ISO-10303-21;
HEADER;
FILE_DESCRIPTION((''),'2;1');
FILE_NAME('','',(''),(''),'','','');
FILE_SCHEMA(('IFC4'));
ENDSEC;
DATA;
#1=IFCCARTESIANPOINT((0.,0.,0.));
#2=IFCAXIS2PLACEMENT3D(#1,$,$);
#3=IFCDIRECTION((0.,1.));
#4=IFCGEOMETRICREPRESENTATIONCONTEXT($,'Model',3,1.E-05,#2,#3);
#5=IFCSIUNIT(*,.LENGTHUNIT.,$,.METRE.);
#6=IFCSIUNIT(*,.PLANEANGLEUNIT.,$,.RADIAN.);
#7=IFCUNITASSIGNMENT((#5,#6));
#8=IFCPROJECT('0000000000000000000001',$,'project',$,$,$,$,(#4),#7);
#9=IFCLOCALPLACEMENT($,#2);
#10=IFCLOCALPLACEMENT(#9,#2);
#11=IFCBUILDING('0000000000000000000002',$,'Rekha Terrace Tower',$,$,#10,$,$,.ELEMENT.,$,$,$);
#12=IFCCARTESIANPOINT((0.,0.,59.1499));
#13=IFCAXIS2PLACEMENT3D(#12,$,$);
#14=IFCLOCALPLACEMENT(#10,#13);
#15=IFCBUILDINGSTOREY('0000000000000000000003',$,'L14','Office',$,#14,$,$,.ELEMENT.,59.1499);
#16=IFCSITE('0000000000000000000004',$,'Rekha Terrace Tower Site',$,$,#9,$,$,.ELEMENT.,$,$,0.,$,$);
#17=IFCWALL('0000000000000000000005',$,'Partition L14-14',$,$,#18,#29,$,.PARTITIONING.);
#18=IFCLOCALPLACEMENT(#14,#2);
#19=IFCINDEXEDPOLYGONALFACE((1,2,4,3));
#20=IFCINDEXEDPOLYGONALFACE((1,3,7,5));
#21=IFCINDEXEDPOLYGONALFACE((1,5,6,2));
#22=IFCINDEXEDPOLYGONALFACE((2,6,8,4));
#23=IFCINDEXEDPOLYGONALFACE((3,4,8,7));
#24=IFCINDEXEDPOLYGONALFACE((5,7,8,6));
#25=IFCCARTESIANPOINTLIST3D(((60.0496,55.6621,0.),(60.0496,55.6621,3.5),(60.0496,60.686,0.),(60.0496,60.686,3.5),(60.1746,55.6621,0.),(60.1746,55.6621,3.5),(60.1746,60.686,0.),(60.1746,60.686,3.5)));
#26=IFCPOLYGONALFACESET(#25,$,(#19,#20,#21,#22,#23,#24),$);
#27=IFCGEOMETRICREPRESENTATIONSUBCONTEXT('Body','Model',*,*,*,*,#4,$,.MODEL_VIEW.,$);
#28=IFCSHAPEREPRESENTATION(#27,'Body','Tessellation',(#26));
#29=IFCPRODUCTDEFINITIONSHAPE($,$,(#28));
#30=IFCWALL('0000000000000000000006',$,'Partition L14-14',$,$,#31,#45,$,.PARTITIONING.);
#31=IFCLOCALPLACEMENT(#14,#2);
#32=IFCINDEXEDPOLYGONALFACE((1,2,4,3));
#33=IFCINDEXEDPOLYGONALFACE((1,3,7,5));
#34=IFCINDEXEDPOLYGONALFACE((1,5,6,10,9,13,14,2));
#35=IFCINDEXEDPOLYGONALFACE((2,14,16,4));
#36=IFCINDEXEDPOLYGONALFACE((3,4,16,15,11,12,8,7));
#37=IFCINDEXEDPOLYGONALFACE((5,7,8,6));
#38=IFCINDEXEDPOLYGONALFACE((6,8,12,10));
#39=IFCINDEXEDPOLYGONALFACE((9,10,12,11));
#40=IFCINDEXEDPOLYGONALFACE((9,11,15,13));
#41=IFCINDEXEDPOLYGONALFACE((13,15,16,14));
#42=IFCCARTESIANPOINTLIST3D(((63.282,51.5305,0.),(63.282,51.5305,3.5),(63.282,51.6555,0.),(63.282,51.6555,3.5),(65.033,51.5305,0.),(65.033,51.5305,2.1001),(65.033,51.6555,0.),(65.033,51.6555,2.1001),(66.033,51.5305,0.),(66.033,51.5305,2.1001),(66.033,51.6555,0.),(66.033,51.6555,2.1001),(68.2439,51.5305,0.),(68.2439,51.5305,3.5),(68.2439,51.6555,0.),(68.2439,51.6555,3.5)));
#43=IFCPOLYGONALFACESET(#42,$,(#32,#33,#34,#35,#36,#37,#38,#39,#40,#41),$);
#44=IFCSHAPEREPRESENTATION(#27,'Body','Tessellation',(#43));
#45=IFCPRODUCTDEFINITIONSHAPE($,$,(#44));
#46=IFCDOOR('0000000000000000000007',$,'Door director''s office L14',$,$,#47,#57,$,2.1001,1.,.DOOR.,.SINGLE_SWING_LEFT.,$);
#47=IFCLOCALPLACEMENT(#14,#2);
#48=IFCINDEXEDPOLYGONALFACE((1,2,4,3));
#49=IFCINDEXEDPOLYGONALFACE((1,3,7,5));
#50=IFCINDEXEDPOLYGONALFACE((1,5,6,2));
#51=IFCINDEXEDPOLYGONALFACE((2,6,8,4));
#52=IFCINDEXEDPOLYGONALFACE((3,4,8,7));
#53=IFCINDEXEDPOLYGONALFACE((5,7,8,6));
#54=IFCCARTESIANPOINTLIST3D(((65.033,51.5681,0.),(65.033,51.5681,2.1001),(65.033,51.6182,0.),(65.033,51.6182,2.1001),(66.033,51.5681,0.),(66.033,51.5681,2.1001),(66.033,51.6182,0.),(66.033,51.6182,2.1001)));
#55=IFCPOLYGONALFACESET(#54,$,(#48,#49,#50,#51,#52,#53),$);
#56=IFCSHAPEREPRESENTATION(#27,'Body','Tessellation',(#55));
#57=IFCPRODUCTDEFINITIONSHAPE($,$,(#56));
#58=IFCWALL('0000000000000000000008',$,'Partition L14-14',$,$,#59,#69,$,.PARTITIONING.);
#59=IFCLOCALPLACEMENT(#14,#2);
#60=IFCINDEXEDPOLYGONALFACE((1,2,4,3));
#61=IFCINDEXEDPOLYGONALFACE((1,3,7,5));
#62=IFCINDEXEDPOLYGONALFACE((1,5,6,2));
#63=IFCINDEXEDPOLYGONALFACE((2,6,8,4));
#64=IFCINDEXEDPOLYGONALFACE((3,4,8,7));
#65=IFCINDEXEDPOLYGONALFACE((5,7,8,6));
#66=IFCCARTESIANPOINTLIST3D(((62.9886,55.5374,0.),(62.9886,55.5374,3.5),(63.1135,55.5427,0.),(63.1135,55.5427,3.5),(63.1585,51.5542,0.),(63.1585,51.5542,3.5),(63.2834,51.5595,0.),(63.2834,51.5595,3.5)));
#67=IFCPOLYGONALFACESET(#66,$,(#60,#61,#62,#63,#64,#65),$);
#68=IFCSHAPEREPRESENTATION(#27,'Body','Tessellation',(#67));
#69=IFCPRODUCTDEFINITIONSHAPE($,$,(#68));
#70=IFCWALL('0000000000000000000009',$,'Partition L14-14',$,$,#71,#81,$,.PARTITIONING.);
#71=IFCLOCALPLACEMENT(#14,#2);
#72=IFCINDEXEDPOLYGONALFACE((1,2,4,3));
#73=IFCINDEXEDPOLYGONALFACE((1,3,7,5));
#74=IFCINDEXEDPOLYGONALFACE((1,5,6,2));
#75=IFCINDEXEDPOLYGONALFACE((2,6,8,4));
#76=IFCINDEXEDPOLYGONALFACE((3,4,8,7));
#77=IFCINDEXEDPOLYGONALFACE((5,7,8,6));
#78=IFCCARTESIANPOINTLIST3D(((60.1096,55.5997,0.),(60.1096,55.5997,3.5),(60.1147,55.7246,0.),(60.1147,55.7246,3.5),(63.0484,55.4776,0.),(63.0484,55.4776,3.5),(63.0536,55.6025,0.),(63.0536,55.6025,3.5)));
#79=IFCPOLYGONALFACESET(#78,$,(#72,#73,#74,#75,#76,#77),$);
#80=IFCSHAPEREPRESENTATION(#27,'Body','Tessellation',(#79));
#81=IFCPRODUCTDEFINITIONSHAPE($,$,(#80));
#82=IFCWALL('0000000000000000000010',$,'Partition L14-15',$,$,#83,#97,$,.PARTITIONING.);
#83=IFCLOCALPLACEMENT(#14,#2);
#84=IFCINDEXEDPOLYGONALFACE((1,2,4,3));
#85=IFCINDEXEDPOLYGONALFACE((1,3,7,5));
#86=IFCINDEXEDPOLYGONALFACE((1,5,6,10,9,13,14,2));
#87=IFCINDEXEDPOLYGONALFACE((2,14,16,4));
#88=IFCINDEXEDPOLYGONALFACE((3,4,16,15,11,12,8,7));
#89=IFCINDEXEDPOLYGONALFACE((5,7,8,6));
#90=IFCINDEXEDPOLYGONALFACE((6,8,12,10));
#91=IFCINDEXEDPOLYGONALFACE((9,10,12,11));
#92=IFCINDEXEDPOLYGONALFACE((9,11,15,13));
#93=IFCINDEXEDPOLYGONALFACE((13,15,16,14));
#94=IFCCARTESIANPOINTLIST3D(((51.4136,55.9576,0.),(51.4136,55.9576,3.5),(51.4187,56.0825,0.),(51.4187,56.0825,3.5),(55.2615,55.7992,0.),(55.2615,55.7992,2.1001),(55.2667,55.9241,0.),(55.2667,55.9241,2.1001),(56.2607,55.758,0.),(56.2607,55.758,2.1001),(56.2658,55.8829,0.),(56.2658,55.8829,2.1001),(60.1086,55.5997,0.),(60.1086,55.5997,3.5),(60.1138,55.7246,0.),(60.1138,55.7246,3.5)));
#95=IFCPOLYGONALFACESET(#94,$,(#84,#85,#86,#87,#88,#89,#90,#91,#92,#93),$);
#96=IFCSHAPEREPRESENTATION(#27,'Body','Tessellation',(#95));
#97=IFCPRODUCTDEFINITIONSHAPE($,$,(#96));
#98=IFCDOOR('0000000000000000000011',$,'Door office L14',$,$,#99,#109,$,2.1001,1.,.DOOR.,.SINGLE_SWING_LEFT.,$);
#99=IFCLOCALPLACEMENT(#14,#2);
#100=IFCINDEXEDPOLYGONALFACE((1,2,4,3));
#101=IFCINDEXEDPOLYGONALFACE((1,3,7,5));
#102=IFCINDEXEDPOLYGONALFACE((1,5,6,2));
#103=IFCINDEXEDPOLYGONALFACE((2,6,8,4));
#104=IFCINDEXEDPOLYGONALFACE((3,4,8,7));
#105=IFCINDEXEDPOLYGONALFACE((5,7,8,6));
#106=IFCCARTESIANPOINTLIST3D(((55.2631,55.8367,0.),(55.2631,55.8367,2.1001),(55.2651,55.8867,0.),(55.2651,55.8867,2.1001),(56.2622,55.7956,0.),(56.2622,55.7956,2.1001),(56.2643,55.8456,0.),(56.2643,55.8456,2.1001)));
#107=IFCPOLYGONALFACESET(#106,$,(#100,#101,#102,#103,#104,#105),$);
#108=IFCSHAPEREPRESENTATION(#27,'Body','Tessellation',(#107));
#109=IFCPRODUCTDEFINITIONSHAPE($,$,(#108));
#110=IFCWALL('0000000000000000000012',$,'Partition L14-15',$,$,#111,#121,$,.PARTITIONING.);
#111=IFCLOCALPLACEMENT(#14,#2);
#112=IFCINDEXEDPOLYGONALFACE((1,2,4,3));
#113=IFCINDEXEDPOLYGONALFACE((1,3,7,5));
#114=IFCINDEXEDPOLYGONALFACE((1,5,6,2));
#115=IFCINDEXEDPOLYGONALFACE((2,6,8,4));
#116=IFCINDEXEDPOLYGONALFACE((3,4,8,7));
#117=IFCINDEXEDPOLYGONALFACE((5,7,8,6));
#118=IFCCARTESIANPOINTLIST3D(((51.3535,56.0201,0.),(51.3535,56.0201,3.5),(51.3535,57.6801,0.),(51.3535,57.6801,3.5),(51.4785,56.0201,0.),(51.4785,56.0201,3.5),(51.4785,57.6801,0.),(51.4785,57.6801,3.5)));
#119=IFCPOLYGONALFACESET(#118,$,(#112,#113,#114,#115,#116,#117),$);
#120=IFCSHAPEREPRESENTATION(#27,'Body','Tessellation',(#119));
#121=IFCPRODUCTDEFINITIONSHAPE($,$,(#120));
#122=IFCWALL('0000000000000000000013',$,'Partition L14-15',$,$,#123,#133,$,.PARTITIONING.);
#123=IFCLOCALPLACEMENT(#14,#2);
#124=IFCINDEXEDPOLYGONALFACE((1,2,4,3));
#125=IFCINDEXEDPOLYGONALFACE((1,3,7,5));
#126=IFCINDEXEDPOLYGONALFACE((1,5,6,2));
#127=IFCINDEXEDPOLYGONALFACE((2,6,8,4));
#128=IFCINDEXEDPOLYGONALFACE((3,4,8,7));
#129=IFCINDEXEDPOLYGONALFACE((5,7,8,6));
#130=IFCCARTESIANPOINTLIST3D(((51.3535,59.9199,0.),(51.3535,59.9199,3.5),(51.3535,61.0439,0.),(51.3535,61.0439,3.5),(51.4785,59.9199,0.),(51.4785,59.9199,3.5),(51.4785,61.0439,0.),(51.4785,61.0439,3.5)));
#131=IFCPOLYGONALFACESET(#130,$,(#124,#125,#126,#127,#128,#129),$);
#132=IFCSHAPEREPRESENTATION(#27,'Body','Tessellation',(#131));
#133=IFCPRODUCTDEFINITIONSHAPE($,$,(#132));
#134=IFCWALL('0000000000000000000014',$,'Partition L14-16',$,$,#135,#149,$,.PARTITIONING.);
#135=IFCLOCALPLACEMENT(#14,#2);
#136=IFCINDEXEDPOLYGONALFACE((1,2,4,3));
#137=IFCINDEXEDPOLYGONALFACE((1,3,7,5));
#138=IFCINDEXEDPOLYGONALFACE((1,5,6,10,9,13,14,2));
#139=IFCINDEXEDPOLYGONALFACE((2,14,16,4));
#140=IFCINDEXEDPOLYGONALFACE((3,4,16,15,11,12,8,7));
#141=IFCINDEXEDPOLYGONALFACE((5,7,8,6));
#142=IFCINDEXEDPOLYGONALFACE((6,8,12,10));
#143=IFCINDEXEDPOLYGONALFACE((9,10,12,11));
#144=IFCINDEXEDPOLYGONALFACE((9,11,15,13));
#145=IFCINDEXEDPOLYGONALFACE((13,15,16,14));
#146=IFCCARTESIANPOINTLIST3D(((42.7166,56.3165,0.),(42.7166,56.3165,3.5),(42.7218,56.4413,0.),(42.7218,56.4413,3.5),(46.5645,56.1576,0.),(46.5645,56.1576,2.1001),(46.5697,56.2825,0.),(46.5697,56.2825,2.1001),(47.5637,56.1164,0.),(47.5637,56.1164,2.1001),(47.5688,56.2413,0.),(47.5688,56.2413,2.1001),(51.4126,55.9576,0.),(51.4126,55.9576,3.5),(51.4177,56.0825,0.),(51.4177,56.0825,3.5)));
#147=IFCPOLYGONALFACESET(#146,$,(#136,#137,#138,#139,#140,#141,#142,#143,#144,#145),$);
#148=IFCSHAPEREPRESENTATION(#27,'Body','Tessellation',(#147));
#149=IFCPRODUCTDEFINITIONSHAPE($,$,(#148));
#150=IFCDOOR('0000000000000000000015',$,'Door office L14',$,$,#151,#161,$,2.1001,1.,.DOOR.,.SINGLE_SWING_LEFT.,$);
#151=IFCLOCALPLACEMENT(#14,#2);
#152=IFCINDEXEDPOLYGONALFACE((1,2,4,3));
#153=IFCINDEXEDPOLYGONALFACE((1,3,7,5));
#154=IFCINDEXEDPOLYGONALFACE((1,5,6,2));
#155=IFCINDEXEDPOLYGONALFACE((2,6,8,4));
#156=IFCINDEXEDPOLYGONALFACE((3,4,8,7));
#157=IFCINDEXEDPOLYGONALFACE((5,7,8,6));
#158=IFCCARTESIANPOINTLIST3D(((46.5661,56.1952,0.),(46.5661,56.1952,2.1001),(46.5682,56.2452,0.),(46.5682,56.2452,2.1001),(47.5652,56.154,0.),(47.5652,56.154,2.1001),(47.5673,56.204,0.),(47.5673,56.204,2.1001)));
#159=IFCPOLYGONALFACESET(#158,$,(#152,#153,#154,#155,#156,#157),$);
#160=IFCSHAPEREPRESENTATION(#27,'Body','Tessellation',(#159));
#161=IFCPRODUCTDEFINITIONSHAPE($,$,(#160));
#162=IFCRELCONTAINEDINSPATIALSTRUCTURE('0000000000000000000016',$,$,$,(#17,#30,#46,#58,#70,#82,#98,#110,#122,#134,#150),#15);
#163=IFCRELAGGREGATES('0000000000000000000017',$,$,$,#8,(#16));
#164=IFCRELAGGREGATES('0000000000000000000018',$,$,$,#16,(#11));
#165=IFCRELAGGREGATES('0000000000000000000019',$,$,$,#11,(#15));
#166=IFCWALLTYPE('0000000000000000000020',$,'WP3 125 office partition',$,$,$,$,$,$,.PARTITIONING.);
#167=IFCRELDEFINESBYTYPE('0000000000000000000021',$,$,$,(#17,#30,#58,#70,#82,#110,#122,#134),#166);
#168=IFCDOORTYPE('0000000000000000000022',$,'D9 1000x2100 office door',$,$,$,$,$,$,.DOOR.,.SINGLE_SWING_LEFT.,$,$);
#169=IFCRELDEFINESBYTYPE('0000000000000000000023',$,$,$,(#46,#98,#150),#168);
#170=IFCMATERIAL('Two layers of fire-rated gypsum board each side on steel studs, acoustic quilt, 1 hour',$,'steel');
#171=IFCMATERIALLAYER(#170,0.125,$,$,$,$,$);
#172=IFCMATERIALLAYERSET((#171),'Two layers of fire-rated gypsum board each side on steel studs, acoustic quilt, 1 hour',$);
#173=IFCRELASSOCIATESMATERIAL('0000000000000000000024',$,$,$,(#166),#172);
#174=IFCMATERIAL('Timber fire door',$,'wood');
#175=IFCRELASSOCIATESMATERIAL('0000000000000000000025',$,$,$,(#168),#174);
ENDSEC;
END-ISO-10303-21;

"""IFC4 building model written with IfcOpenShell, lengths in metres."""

from ifc_helpers import new_model, si_unit, direction, frame, frame_2d, origin, place, context, subcontext, project, spatial, rectangle, extrude, material, layer, layer_set, type_object, element, fill, save


model = new_model("IFC4")

# Units and contexts
model_context = context("Model", 3, precision=1e-05, world=origin(), true_north=direction((0.0, 1.0)))
body_context = subcontext(model_context, "Body", "Model", "MODEL_VIEW")
ifc_project = project(units=[si_unit("LENGTHUNIT", "METRE"), si_unit("PLANEANGLEUNIT", "RADIAN")], contexts=[model_context])

# Site, building, storey
site_placement = place(None, origin())
site = spatial("IfcSite", under=ifc_project, at=site_placement, Name="Rekha Terrace Tower Site", CompositionType="ELEMENT", RefElevation=0.0)
building_placement = place(site_placement, origin())
building = spatial("IfcBuilding", under=site, at=building_placement, Name="Rekha Terrace Tower", CompositionType="ELEMENT")
storey_placement = place(building_placement, frame((0.0, 0.0, 59.1499)))
storey = spatial("IfcBuildingStorey", under=building, at=storey_placement, Name="L14", Description="Office", CompositionType="ELEMENT", Elevation=59.1499)

# Wall
ifc_material_1 = material(Name="Two layers of fire-rated gypsum board each side on steel studs, acoustic quilt, 1 hour", Category="steel")
ifc_layer_1 = layer(ifc_material_1, 0.125)
ifc_layer_set_1 = layer_set([ifc_layer_1], Name="Two layers of fire-rated gypsum board each side on steel studs, acoustic quilt, 1 hour")
wall_type_1 = type_object("IfcWallType", Name="WP3 125 office partition", PredefinedType="PARTITIONING", material=ifc_layer_set_1)
wall_1_placement = place(storey_placement, frame((60.1121, 55.6621, 0.0), z_axis=(0.0, 0.0, 1.0), x_axis=(0.0, 1.0, 0.0)))
element("IfcWall", 1, at=wall_1_placement, inside=storey, type_object=wall_type_1, Name="Partition L14-14", PredefinedType="PARTITIONING", context=body_context, shape_type="SweptSolid", body=[
    extrude(rectangle(XDim=5.0239, YDim=0.125, at=frame_2d((2.512, 0.0))), origin(), (0.0, 0.0, 1.0), 3.5),
])

# Wall, opening, door
wall_2_placement = place(storey_placement, frame((68.2439, 51.593, 0.0), z_axis=(0.0, 0.0, 1.0), x_axis=(-1.0, 0.0, 0.0)))
wall_2 = element("IfcWall", 2, at=wall_2_placement, inside=storey, type_object=wall_type_1, Name="Partition L14-14", PredefinedType="PARTITIONING", context=body_context, shape_type="SweptSolid", body=[
    extrude(rectangle(XDim=4.9619, YDim=0.125, at=frame_2d((2.481, 0.0))), origin(), (0.0, 0.0, 1.0), 3.5),
])
opening_1_placement = place(wall_2_placement, frame((2.2109, 0.0, 0.0)))
opening_1 = element("IfcOpeningElement", 3, at=opening_1_placement, cuts=wall_2, PredefinedType="OPENING", context=body_context, shape_type="SweptSolid", body=[
    extrude(rectangle(XDim=1.0, YDim=2.1001, at=frame_2d((0.5, 1.05))), frame((0.0, 0.0725, 0.0), z_axis=(0.0, -1.0, 0.0), x_axis=(1.0, 0.0, 0.0)), (0.0, 0.0, 1.0), 0.145),
])
ifc_material_2 = material(Name="Timber fire door", Category="wood")
door_type = type_object("IfcDoorType", Name="D9 1000x2100 office door", OperationType="SINGLE_SWING_LEFT", PredefinedType="DOOR", material=ifc_material_2)
door_1_placement = place(opening_1_placement, origin())
door_1 = element("IfcDoor", 4, at=door_1_placement, inside=storey, type_object=door_type, Name="Door director's office L14", OperationType="SINGLE_SWING_LEFT", OverallHeight=2.1001, OverallWidth=1.0, PredefinedType="DOOR", context=body_context, shape_type="SweptSolid", body=[
    extrude(rectangle(XDim=1.0, YDim=2.1001, at=frame_2d((0.5, 1.05))), frame((0.0, 0.0249, 0.0), z_axis=(0.0, -1.0, 0.0), x_axis=(1.0, 0.0, 0.0)), (0.0, 0.0, 1.0), 0.05),
])
fill(opening_1, door_1)

# Walls
wall_3_placement = place(storey_placement, frame((63.2209, 51.5569, 0.0), z_axis=(0.0, 0.0, 1.0), x_axis=(-0.042621, 0.999091, 0.0)))
element("IfcWall", 5, at=wall_3_placement, inside=storey, type_object=wall_type_1, Name="Partition L14-14", PredefinedType="PARTITIONING", context=body_context, shape_type="SweptSolid", body=[
    extrude(rectangle(XDim=3.9868, YDim=0.125, at=frame_2d((1.9934, 0.0))), origin(), (0.0, 0.0, 1.0), 3.5),
])
wall_4_placement = place(storey_placement, frame((63.051, 55.54, 0.0), z_axis=(0.0, 0.0, 1.0), x_axis=(-0.999139, 0.041499, 0.0)))
element("IfcWall", 6, at=wall_4_placement, inside=storey, type_object=wall_type_1, Name="Partition L14-14", PredefinedType="PARTITIONING", context=body_context, shape_type="SweptSolid", body=[
    extrude(rectangle(XDim=2.9414, YDim=0.125, at=frame_2d((1.4707, 0.0))), origin(), (0.0, 0.0, 1.0), 3.5),
])

# Wall, opening, door
wall_5_placement = place(storey_placement, frame((60.1111, 55.6621, 0.0), z_axis=(0.0, 0.0, 1.0), x_axis=(-0.999154, 0.041128, 0.0)))
wall_5 = element("IfcWall", 7, at=wall_5_placement, inside=storey, type_object=wall_type_1, Name="Partition L14-15", PredefinedType="PARTITIONING", context=body_context, shape_type="SweptSolid", body=[
    extrude(rectangle(XDim=8.7024, YDim=0.125, at=frame_2d((4.3511, 0.0))), origin(), (0.0, 0.0, 1.0), 3.5),
])
opening_2_placement = place(wall_5_placement, frame((3.8511, 0.0, 0.0)))
opening_2 = element("IfcOpeningElement", 8, at=opening_2_placement, cuts=wall_5, PredefinedType="OPENING", context=body_context, shape_type="SweptSolid", body=[
    extrude(rectangle(XDim=1.0, YDim=2.1001, at=frame_2d((0.5, 1.05))), frame((0.0, 0.0725, 0.0), z_axis=(0.0, -1.0, 0.0), x_axis=(1.0, 0.0, 0.0)), (0.0, 0.0, 1.0), 0.145),
])
door_2_placement = place(opening_2_placement, origin())
door_2 = element("IfcDoor", 9, at=door_2_placement, inside=storey, type_object=door_type, Name="Door office L14", OperationType="SINGLE_SWING_LEFT", OverallHeight=2.1001, OverallWidth=1.0, PredefinedType="DOOR", context=body_context, shape_type="SweptSolid", body=[
    extrude(rectangle(XDim=1.0, YDim=2.1001, at=frame_2d((0.5, 1.05))), frame((0.0, 0.0249, 0.0), z_axis=(0.0, -1.0, 0.0), x_axis=(1.0, 0.0, 0.0)), (0.0, 0.0, 1.0), 0.05),
])
fill(opening_2, door_2)

# Walls
wall_6_placement = place(storey_placement, frame((51.416, 56.02, 0.0), z_axis=(0.0, 0.0, 1.0), x_axis=(0.0, 1.0, 0.0)))
element("IfcWall", 10, at=wall_6_placement, inside=storey, type_object=wall_type_1, Name="Partition L14-15", PredefinedType="PARTITIONING", context=body_context, shape_type="SweptSolid", body=[
    extrude(rectangle(XDim=1.6599, YDim=0.125, at=frame_2d((0.8301, 0.0))), origin(), (0.0, 0.0, 1.0), 3.5),
])
wall_7_placement = place(storey_placement, frame((51.416, 59.9199, 0.0), z_axis=(0.0, 0.0, 1.0), x_axis=(0.0, 1.0, 0.0)))
element("IfcWall", 11, at=wall_7_placement, inside=storey, type_object=wall_type_1, Name="Partition L14-15", PredefinedType="PARTITIONING", context=body_context, shape_type="SweptSolid", body=[
    extrude(rectangle(XDim=1.124, YDim=0.125, at=frame_2d((0.562, 0.0))), origin(), (0.0, 0.0, 1.0), 3.5),
])

# Wall, opening, door
wall_8_placement = place(storey_placement, frame((51.415, 56.02, 0.0), z_axis=(0.0, 0.0, 1.0), x_axis=(-0.999149, 0.041235, 0.0)))
wall_8 = element("IfcWall", 12, at=wall_8_placement, inside=storey, type_object=wall_type_1, Name="Partition L14-16", PredefinedType="PARTITIONING", context=body_context, shape_type="SweptSolid", body=[
    extrude(rectangle(XDim=8.7034, YDim=0.125, at=frame_2d((4.3516, 0.0))), origin(), (0.0, 0.0, 1.0), 3.5),
])
opening_3_placement = place(wall_8_placement, frame((3.8521, 0.0, 0.0)))
opening_3 = element("IfcOpeningElement", 13, at=opening_3_placement, cuts=wall_8, PredefinedType="OPENING", context=body_context, shape_type="SweptSolid", body=[
    extrude(rectangle(XDim=1.0, YDim=2.1001, at=frame_2d((0.5, 1.05))), frame((0.0, 0.0725, 0.0), z_axis=(0.0, -1.0, 0.0), x_axis=(1.0, 0.0, 0.0)), (0.0, 0.0, 1.0), 0.145),
])
door_3_placement = place(opening_3_placement, origin())
door_3 = element("IfcDoor", 14, at=door_3_placement, inside=storey, type_object=door_type, Name="Door office L14", OperationType="SINGLE_SWING_LEFT", OverallHeight=2.1001, OverallWidth=1.0, PredefinedType="DOOR", context=body_context, shape_type="SweptSolid", body=[
    extrude(rectangle(XDim=1.0, YDim=2.1001, at=frame_2d((0.5, 1.05))), frame((0.0, 0.0249, 0.0), z_axis=(0.0, -1.0, 0.0), x_axis=(1.0, 0.0, 0.0)), (0.0, 0.0, 1.0), 0.05),
])
fill(opening_3, door_3)

save(model, "model.ifc")
